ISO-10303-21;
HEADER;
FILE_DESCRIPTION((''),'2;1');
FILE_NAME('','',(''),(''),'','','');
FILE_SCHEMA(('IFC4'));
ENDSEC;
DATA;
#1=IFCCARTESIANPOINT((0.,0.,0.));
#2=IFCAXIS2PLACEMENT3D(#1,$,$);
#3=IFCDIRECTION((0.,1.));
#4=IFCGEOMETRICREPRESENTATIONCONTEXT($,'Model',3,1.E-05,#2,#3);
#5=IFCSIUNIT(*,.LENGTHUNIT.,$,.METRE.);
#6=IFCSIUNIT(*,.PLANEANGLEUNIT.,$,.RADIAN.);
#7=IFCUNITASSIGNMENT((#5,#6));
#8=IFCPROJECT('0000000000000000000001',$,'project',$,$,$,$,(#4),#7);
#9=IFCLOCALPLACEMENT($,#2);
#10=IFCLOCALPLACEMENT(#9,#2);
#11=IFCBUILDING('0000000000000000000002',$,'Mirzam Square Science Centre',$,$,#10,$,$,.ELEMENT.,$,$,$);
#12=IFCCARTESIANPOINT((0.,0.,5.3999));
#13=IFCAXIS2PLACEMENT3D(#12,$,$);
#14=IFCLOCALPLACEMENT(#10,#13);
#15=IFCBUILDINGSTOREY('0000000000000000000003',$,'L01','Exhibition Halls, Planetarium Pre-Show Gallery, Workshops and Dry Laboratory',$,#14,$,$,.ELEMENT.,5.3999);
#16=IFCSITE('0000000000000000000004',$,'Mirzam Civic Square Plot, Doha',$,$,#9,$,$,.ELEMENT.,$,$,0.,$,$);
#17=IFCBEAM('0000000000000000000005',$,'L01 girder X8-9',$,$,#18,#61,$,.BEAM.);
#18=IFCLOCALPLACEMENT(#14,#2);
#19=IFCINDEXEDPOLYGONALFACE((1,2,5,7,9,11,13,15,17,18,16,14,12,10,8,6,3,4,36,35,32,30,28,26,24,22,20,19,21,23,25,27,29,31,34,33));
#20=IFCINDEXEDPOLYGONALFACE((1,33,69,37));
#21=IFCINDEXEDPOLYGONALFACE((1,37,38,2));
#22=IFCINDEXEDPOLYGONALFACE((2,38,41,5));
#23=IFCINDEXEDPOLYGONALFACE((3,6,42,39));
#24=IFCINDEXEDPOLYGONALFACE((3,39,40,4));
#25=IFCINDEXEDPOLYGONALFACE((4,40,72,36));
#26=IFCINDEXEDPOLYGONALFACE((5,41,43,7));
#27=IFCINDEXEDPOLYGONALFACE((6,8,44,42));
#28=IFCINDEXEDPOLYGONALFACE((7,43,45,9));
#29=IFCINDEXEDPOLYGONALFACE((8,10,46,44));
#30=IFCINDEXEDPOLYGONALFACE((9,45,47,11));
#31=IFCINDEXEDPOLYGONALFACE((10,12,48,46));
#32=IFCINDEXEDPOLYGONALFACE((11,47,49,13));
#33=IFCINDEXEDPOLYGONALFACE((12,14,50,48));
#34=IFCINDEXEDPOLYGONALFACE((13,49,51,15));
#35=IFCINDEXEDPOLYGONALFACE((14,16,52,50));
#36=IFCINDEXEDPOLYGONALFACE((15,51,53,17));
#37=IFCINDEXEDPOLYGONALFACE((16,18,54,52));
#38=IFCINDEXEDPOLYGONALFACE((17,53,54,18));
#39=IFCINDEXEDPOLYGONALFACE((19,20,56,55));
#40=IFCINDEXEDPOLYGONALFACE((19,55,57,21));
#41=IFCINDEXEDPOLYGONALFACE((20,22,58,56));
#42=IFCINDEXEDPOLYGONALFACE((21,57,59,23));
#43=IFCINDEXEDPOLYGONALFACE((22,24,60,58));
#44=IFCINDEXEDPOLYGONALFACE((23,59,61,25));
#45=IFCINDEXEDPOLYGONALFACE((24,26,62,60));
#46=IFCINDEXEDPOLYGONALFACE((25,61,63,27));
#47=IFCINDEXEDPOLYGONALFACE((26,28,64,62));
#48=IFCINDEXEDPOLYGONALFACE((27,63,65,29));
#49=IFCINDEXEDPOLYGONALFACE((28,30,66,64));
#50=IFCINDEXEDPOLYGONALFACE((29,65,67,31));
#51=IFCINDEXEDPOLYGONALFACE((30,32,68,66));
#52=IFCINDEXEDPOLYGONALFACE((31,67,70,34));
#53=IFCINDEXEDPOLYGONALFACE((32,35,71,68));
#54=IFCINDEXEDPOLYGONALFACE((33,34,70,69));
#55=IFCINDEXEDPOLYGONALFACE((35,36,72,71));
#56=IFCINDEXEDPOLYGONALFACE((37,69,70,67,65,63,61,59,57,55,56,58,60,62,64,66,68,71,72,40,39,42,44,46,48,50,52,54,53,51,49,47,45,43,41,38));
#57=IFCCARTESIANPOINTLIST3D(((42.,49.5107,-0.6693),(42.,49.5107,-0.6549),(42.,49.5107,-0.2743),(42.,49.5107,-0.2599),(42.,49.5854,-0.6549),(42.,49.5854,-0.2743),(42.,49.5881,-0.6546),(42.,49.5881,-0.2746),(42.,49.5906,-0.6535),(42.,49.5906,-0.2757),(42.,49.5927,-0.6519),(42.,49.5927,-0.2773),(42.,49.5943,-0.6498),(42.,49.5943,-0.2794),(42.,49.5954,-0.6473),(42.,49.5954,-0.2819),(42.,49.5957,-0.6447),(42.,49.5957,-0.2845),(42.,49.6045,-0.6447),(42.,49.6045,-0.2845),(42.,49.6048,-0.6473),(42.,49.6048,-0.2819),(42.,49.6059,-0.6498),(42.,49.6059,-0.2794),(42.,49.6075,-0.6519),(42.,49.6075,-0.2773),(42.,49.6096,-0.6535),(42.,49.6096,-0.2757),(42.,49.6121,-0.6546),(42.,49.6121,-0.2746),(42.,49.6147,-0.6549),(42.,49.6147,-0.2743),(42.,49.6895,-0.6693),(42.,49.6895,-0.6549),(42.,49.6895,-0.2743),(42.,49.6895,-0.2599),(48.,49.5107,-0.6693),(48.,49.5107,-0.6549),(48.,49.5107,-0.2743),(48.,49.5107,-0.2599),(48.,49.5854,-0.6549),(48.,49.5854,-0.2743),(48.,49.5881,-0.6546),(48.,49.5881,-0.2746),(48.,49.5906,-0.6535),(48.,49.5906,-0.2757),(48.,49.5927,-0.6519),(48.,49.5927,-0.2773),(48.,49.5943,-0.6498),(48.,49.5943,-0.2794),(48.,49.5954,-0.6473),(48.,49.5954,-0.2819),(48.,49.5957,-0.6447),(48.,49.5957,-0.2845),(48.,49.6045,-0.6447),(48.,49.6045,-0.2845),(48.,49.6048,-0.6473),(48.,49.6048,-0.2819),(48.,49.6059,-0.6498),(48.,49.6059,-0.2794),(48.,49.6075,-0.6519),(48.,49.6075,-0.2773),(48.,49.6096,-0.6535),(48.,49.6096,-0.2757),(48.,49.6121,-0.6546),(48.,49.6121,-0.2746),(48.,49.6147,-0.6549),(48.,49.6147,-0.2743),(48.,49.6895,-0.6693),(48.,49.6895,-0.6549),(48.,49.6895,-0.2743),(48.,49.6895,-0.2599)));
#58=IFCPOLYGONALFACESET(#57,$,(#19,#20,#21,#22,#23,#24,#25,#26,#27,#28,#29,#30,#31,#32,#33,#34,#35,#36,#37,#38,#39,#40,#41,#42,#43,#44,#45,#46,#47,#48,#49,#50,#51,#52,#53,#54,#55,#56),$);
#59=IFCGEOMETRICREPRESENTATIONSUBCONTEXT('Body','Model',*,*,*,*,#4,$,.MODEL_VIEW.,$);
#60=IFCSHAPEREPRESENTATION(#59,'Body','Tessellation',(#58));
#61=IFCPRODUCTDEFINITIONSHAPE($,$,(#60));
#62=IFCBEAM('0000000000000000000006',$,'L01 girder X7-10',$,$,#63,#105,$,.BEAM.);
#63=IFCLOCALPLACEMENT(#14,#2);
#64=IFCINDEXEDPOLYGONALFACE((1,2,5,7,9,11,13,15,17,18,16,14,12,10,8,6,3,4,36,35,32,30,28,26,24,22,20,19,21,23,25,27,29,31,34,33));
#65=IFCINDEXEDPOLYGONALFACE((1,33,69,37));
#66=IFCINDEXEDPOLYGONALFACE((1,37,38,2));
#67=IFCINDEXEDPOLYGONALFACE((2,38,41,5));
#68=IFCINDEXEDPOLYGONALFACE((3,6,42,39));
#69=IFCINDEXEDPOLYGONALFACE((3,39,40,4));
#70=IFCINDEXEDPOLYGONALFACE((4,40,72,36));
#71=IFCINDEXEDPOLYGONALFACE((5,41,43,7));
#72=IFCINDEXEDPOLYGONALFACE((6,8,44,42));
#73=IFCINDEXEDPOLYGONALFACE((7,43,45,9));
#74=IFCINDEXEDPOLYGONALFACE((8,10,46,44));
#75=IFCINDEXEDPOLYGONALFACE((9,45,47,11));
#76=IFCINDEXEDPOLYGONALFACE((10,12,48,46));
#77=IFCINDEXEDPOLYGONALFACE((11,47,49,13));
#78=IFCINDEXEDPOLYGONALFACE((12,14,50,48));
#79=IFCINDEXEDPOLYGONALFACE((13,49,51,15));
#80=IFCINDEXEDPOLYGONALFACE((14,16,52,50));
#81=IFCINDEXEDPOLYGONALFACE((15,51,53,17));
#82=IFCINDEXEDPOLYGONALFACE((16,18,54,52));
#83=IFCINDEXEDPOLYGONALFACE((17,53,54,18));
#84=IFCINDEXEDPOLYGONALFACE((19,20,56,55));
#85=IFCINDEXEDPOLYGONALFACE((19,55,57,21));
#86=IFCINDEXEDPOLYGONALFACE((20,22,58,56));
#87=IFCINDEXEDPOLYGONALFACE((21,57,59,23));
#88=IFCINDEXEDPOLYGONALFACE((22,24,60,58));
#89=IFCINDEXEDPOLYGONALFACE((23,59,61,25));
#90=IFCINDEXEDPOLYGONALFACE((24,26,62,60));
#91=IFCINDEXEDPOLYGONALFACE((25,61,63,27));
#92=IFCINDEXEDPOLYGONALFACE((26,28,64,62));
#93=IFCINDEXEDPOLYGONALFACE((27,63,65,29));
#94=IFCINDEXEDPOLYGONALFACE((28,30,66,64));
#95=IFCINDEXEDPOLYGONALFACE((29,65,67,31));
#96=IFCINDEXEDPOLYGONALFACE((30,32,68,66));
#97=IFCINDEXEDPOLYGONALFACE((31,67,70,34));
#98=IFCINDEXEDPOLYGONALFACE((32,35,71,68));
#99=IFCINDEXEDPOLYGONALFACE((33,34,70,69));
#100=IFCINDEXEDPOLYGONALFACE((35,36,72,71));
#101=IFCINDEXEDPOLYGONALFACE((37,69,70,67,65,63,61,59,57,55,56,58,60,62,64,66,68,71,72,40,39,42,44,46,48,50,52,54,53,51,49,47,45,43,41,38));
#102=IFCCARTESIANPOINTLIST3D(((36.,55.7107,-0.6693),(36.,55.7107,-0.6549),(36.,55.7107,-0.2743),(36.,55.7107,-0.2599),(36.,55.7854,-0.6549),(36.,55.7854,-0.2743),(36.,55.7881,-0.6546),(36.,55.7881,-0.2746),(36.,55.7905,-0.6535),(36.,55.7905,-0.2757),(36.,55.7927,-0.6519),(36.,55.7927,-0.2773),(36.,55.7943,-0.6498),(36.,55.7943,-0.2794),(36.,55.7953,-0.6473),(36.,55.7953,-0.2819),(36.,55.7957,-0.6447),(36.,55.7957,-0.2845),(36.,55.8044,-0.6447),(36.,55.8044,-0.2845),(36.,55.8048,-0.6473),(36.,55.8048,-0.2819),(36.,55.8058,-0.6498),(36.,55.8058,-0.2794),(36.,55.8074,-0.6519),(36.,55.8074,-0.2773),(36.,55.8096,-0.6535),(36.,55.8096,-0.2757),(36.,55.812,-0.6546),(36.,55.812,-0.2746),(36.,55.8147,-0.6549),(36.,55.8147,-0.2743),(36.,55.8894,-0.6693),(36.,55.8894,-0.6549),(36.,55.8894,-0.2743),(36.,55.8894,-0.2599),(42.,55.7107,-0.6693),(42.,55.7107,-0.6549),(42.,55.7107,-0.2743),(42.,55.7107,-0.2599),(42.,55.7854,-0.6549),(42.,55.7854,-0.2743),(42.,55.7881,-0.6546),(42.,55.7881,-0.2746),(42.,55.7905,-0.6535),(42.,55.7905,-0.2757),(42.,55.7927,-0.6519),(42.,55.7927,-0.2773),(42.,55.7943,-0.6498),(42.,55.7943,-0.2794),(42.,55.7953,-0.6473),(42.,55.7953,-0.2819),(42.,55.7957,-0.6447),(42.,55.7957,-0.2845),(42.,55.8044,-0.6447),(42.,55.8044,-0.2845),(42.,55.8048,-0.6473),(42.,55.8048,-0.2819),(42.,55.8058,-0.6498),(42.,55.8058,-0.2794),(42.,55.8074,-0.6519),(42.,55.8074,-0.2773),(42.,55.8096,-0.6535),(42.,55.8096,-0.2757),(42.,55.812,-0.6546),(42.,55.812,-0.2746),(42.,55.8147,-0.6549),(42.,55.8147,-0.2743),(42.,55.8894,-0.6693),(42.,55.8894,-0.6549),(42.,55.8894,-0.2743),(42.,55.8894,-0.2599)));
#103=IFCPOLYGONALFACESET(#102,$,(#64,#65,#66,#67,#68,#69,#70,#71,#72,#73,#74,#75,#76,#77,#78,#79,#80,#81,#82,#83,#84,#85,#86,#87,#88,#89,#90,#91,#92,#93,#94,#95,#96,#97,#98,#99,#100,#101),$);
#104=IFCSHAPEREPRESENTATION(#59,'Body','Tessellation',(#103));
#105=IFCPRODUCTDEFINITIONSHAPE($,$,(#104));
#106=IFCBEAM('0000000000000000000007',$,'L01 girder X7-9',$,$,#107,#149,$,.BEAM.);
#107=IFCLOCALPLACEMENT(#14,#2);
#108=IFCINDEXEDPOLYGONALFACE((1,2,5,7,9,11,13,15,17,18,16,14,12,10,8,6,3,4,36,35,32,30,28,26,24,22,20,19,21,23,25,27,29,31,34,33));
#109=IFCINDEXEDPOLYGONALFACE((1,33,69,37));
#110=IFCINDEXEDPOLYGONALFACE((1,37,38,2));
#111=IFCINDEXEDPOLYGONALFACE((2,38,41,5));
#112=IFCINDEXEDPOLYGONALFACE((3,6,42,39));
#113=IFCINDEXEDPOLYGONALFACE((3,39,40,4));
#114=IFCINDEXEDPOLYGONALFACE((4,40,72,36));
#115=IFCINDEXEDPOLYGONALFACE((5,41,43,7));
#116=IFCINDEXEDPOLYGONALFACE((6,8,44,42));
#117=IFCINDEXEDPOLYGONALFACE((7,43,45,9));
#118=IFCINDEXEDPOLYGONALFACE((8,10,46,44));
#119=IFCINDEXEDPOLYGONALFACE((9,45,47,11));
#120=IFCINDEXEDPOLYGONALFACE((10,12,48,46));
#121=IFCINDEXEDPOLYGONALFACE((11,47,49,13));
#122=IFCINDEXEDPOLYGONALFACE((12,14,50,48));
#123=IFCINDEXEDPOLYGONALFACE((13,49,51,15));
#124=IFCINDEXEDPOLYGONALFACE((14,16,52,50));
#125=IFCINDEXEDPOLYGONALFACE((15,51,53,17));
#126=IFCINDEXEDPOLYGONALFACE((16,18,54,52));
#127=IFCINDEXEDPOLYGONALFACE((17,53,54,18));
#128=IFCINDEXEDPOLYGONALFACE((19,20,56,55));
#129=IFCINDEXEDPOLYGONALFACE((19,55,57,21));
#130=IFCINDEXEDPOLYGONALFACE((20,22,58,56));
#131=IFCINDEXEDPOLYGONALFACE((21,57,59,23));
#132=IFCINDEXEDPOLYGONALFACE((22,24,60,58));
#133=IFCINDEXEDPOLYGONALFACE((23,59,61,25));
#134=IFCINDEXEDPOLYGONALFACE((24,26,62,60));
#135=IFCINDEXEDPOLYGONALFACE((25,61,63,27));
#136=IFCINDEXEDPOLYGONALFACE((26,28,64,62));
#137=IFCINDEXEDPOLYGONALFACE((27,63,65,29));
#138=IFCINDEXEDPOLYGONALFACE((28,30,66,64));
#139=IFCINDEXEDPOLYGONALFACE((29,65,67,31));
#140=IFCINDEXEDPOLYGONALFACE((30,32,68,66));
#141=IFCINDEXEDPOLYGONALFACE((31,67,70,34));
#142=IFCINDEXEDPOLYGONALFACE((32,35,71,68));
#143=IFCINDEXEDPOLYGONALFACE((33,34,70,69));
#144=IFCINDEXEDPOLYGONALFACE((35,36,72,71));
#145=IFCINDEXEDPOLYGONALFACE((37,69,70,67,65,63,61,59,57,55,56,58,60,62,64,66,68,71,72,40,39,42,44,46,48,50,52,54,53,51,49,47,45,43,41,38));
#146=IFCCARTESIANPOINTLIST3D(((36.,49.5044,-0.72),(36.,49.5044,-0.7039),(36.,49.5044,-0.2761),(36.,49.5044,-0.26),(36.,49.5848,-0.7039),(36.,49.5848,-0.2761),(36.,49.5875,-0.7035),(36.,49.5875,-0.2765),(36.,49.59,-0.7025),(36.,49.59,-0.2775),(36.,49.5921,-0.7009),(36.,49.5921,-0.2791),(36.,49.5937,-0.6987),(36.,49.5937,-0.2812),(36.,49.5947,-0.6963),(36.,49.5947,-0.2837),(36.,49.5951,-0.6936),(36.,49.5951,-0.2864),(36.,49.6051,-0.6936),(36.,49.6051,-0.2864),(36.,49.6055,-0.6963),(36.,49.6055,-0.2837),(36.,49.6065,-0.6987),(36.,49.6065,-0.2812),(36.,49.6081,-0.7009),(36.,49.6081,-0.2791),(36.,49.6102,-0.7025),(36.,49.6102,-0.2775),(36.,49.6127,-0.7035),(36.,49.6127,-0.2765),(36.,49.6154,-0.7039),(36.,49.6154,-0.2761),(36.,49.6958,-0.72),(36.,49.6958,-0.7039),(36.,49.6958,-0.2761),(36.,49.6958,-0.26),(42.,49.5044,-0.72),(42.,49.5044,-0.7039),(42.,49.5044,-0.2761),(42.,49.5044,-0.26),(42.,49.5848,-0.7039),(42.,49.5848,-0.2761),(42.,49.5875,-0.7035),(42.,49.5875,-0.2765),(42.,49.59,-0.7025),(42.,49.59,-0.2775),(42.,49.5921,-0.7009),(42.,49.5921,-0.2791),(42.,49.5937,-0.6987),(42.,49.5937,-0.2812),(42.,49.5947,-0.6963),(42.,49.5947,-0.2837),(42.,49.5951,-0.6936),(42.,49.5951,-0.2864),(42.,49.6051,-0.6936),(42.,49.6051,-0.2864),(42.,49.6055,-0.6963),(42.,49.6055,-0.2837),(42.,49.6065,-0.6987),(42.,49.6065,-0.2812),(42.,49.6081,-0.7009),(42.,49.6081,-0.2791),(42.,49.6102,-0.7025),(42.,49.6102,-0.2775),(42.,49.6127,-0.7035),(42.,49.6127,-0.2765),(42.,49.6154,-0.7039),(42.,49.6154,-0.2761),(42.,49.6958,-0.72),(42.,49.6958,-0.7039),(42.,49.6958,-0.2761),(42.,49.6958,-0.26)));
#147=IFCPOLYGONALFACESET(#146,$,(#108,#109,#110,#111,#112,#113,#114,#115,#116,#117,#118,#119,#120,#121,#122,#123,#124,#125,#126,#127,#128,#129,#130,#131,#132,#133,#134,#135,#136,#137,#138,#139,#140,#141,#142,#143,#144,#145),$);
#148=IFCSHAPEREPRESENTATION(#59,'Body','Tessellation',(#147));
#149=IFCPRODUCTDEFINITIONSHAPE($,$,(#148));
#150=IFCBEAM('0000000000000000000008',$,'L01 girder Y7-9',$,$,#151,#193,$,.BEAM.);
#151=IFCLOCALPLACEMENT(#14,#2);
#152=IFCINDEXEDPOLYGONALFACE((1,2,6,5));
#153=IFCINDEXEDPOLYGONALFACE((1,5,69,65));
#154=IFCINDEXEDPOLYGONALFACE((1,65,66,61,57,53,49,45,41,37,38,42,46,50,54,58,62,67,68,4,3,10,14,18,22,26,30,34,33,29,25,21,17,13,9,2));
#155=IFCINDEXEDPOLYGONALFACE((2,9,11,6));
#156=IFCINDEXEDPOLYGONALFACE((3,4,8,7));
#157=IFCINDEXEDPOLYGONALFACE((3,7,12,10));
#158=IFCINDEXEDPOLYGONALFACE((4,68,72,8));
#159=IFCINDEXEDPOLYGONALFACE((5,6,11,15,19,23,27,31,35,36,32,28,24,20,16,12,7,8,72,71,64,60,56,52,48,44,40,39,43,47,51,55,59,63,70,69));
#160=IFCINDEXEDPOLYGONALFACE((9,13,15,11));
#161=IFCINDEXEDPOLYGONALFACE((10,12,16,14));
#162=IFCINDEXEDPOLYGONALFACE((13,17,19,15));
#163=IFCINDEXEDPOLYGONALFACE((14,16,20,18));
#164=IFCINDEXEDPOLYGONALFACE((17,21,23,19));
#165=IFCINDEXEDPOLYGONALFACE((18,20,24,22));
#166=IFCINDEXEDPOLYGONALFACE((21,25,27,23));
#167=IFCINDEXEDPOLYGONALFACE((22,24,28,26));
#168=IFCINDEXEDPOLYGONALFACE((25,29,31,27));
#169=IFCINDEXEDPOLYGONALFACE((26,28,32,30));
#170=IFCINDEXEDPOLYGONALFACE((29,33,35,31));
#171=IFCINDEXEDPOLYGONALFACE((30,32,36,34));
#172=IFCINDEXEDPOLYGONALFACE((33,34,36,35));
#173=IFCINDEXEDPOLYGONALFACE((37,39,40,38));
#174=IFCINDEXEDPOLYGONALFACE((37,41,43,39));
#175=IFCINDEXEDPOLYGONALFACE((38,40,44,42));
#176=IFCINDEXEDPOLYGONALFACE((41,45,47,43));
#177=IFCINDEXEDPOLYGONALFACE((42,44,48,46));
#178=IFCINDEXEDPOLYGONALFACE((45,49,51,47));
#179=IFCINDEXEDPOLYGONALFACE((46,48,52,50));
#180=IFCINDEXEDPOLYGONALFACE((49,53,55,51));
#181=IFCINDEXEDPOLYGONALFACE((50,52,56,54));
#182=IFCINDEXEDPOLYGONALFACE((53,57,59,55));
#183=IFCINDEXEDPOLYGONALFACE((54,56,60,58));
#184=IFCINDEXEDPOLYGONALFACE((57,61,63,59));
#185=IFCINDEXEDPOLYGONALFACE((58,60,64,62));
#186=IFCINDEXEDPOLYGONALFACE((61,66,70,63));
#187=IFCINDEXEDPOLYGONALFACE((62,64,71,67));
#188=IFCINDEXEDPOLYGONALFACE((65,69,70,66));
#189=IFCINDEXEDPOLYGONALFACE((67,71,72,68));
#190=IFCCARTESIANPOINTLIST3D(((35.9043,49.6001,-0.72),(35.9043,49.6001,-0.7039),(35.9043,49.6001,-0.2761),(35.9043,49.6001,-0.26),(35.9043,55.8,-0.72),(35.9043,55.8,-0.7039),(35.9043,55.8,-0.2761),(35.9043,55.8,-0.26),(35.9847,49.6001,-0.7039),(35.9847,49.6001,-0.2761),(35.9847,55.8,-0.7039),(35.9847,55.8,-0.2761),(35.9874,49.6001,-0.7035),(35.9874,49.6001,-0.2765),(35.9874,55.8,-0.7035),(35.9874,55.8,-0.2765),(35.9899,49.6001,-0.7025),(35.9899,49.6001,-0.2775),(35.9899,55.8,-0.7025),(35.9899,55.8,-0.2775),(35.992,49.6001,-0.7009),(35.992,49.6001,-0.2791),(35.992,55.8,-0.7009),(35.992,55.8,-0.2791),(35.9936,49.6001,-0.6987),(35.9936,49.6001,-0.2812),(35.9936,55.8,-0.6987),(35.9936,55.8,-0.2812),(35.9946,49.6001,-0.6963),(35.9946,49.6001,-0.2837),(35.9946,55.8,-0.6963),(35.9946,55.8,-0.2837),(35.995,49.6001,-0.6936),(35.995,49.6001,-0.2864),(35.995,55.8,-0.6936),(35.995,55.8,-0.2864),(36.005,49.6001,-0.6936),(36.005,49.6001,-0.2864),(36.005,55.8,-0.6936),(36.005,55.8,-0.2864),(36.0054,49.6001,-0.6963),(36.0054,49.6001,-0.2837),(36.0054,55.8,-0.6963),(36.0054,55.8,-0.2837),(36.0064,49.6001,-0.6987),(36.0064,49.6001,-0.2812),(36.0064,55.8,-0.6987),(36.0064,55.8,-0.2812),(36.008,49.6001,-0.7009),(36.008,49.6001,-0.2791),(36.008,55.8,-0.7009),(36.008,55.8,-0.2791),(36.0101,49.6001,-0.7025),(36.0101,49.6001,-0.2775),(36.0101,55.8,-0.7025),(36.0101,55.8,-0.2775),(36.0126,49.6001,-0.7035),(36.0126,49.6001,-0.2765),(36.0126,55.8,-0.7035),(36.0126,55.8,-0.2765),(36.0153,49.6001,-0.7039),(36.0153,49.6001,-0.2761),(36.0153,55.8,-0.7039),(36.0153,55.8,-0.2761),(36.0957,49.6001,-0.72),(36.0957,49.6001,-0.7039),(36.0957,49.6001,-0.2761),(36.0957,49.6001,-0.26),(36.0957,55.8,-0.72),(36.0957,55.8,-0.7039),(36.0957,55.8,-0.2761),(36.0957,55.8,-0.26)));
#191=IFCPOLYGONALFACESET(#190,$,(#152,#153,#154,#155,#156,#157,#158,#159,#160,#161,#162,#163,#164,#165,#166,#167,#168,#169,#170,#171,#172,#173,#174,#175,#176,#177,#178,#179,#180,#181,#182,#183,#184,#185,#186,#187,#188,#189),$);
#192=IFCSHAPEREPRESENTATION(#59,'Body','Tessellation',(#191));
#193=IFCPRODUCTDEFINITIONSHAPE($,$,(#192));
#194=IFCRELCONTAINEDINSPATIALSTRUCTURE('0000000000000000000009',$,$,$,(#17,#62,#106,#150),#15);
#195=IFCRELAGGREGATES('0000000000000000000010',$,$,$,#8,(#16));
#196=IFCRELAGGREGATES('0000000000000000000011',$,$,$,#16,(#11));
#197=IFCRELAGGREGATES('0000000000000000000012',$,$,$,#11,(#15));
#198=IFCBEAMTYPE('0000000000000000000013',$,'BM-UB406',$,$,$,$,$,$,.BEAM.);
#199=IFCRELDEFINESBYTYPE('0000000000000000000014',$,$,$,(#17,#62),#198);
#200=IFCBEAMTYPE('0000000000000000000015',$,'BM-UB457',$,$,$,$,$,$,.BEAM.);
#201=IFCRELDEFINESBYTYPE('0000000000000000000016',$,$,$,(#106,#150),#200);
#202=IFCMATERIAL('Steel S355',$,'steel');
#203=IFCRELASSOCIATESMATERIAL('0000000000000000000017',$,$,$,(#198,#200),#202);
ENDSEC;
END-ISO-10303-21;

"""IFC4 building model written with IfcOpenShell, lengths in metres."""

from ifc_helpers import new_model, si_unit, direction, frame, origin, origin_2d, place, context, subcontext, project, spatial, i_section, extrude, material, material_profile, profile_set, type_object, element, save


model = new_model("IFC4")

# Units and contexts
model_context = context("Model", 3, precision=1e-05, world=origin(), true_north=direction((0.0, 1.0)))
body_context = subcontext(model_context, "Body", "Model", "MODEL_VIEW")
ifc_project = project(units=[si_unit("LENGTHUNIT", "METRE"), si_unit("PLANEANGLEUNIT", "RADIAN")], contexts=[model_context])

# Site, building, storey
site_placement = place(None, origin())
site = spatial("IfcSite", under=ifc_project, at=site_placement, Name="Mirzam Civic Square Plot, Doha", CompositionType="ELEMENT", RefElevation=0.0)
building_placement = place(site_placement, origin())
building = spatial("IfcBuilding", under=site, at=building_placement, Name="Mirzam Square Science Centre", CompositionType="ELEMENT")
storey_placement = place(building_placement, frame((0.0, 0.0, 5.3999)))
storey = spatial("IfcBuildingStorey", under=building, at=storey_placement, Name="L01", Description="Exhibition Halls, Planetarium Pre-Show Gallery, Workshops and Dry Laboratory", CompositionType="ELEMENT", Elevation=5.3999)

# Shared definitions
ifc_material_1 = material(Name="Steel S355", Category="steel")

# Beams
ifc_material_profile_1 = material_profile(ifc_material_1, i_section(OverallWidth=0.1787, OverallDepth=0.4094, WebThickness=0.0088, FlangeThickness=0.0144, FilletRadius=0.0103, at=origin_2d()), Name="406x178x67UB")
ifc_profile_set_1 = profile_set([ifc_material_profile_1], Name="Steel S355")
beam_type_1 = type_object("IfcBeamType", Name="BM-UB406", PredefinedType="BEAM", material=ifc_profile_set_1)
for number, where, z_axis, x_axis, name in (
    (1, (42.0, 49.6001, -0.4646), (1.0, 0.0, 0.0), (0.0, 1.0, 0.0), "L01 girder X8-9"),
    (2, (36.0, 55.8, -0.4646), (1.0, 0.0, 0.0), (0.0, 1.0, 0.0), "L01 girder X7-10"),
):
    element("IfcBeam", number, at=place(storey_placement, frame(where, z_axis=z_axis, x_axis=x_axis)), inside=storey, type_object=beam_type_1, Name=name, PredefinedType="BEAM", context=body_context, shape_type="SweptSolid", body=[
        extrude(i_section(OverallWidth=0.1787, OverallDepth=0.4094, WebThickness=0.0088, FlangeThickness=0.0144, FilletRadius=0.0103, at=origin_2d()), origin(), (0.0, 0.0, 1.0), 6.0),
    ])
ifc_material_profile_2 = material_profile(ifc_material_1, i_section(OverallWidth=0.1914, OverallDepth=0.46, WebThickness=0.01, FlangeThickness=0.0161, FilletRadius=0.0103, at=origin_2d()), Name="457x191x82UB")
ifc_profile_set_2 = profile_set([ifc_material_profile_2], Name="Steel S355")
beam_type_2 = type_object("IfcBeamType", Name="BM-UB457", PredefinedType="BEAM", material=ifc_profile_set_2)
beam_1_placement = place(storey_placement, frame((36.0, 49.6001, -0.49), z_axis=(1.0, 0.0, 0.0), x_axis=(0.0, 1.0, 0.0)))
element("IfcBeam", 3, at=beam_1_placement, inside=storey, type_object=beam_type_2, Name="L01 girder X7-9", PredefinedType="BEAM", context=body_context, shape_type="SweptSolid", body=[
    extrude(i_section(OverallWidth=0.1914, OverallDepth=0.46, WebThickness=0.01, FlangeThickness=0.0161, FilletRadius=0.0103, at=origin_2d()), origin(), (0.0, 0.0, 1.0), 6.0),
])
beam_2_placement = place(storey_placement, frame((36.0, 49.6001, -0.49), z_axis=(0.0, 1.0, 0.0), x_axis=(-1.0, 0.0, 0.0)))
element("IfcBeam", 4, at=beam_2_placement, inside=storey, type_object=beam_type_2, Name="L01 girder Y7-9", PredefinedType="BEAM", context=body_context, shape_type="SweptSolid", body=[
    extrude(i_section(OverallWidth=0.1914, OverallDepth=0.46, WebThickness=0.01, FlangeThickness=0.0161, FilletRadius=0.0103, at=origin_2d()), origin(), (0.0, 0.0, 1.0), 6.2),
])

save(model, "model.ifc")
